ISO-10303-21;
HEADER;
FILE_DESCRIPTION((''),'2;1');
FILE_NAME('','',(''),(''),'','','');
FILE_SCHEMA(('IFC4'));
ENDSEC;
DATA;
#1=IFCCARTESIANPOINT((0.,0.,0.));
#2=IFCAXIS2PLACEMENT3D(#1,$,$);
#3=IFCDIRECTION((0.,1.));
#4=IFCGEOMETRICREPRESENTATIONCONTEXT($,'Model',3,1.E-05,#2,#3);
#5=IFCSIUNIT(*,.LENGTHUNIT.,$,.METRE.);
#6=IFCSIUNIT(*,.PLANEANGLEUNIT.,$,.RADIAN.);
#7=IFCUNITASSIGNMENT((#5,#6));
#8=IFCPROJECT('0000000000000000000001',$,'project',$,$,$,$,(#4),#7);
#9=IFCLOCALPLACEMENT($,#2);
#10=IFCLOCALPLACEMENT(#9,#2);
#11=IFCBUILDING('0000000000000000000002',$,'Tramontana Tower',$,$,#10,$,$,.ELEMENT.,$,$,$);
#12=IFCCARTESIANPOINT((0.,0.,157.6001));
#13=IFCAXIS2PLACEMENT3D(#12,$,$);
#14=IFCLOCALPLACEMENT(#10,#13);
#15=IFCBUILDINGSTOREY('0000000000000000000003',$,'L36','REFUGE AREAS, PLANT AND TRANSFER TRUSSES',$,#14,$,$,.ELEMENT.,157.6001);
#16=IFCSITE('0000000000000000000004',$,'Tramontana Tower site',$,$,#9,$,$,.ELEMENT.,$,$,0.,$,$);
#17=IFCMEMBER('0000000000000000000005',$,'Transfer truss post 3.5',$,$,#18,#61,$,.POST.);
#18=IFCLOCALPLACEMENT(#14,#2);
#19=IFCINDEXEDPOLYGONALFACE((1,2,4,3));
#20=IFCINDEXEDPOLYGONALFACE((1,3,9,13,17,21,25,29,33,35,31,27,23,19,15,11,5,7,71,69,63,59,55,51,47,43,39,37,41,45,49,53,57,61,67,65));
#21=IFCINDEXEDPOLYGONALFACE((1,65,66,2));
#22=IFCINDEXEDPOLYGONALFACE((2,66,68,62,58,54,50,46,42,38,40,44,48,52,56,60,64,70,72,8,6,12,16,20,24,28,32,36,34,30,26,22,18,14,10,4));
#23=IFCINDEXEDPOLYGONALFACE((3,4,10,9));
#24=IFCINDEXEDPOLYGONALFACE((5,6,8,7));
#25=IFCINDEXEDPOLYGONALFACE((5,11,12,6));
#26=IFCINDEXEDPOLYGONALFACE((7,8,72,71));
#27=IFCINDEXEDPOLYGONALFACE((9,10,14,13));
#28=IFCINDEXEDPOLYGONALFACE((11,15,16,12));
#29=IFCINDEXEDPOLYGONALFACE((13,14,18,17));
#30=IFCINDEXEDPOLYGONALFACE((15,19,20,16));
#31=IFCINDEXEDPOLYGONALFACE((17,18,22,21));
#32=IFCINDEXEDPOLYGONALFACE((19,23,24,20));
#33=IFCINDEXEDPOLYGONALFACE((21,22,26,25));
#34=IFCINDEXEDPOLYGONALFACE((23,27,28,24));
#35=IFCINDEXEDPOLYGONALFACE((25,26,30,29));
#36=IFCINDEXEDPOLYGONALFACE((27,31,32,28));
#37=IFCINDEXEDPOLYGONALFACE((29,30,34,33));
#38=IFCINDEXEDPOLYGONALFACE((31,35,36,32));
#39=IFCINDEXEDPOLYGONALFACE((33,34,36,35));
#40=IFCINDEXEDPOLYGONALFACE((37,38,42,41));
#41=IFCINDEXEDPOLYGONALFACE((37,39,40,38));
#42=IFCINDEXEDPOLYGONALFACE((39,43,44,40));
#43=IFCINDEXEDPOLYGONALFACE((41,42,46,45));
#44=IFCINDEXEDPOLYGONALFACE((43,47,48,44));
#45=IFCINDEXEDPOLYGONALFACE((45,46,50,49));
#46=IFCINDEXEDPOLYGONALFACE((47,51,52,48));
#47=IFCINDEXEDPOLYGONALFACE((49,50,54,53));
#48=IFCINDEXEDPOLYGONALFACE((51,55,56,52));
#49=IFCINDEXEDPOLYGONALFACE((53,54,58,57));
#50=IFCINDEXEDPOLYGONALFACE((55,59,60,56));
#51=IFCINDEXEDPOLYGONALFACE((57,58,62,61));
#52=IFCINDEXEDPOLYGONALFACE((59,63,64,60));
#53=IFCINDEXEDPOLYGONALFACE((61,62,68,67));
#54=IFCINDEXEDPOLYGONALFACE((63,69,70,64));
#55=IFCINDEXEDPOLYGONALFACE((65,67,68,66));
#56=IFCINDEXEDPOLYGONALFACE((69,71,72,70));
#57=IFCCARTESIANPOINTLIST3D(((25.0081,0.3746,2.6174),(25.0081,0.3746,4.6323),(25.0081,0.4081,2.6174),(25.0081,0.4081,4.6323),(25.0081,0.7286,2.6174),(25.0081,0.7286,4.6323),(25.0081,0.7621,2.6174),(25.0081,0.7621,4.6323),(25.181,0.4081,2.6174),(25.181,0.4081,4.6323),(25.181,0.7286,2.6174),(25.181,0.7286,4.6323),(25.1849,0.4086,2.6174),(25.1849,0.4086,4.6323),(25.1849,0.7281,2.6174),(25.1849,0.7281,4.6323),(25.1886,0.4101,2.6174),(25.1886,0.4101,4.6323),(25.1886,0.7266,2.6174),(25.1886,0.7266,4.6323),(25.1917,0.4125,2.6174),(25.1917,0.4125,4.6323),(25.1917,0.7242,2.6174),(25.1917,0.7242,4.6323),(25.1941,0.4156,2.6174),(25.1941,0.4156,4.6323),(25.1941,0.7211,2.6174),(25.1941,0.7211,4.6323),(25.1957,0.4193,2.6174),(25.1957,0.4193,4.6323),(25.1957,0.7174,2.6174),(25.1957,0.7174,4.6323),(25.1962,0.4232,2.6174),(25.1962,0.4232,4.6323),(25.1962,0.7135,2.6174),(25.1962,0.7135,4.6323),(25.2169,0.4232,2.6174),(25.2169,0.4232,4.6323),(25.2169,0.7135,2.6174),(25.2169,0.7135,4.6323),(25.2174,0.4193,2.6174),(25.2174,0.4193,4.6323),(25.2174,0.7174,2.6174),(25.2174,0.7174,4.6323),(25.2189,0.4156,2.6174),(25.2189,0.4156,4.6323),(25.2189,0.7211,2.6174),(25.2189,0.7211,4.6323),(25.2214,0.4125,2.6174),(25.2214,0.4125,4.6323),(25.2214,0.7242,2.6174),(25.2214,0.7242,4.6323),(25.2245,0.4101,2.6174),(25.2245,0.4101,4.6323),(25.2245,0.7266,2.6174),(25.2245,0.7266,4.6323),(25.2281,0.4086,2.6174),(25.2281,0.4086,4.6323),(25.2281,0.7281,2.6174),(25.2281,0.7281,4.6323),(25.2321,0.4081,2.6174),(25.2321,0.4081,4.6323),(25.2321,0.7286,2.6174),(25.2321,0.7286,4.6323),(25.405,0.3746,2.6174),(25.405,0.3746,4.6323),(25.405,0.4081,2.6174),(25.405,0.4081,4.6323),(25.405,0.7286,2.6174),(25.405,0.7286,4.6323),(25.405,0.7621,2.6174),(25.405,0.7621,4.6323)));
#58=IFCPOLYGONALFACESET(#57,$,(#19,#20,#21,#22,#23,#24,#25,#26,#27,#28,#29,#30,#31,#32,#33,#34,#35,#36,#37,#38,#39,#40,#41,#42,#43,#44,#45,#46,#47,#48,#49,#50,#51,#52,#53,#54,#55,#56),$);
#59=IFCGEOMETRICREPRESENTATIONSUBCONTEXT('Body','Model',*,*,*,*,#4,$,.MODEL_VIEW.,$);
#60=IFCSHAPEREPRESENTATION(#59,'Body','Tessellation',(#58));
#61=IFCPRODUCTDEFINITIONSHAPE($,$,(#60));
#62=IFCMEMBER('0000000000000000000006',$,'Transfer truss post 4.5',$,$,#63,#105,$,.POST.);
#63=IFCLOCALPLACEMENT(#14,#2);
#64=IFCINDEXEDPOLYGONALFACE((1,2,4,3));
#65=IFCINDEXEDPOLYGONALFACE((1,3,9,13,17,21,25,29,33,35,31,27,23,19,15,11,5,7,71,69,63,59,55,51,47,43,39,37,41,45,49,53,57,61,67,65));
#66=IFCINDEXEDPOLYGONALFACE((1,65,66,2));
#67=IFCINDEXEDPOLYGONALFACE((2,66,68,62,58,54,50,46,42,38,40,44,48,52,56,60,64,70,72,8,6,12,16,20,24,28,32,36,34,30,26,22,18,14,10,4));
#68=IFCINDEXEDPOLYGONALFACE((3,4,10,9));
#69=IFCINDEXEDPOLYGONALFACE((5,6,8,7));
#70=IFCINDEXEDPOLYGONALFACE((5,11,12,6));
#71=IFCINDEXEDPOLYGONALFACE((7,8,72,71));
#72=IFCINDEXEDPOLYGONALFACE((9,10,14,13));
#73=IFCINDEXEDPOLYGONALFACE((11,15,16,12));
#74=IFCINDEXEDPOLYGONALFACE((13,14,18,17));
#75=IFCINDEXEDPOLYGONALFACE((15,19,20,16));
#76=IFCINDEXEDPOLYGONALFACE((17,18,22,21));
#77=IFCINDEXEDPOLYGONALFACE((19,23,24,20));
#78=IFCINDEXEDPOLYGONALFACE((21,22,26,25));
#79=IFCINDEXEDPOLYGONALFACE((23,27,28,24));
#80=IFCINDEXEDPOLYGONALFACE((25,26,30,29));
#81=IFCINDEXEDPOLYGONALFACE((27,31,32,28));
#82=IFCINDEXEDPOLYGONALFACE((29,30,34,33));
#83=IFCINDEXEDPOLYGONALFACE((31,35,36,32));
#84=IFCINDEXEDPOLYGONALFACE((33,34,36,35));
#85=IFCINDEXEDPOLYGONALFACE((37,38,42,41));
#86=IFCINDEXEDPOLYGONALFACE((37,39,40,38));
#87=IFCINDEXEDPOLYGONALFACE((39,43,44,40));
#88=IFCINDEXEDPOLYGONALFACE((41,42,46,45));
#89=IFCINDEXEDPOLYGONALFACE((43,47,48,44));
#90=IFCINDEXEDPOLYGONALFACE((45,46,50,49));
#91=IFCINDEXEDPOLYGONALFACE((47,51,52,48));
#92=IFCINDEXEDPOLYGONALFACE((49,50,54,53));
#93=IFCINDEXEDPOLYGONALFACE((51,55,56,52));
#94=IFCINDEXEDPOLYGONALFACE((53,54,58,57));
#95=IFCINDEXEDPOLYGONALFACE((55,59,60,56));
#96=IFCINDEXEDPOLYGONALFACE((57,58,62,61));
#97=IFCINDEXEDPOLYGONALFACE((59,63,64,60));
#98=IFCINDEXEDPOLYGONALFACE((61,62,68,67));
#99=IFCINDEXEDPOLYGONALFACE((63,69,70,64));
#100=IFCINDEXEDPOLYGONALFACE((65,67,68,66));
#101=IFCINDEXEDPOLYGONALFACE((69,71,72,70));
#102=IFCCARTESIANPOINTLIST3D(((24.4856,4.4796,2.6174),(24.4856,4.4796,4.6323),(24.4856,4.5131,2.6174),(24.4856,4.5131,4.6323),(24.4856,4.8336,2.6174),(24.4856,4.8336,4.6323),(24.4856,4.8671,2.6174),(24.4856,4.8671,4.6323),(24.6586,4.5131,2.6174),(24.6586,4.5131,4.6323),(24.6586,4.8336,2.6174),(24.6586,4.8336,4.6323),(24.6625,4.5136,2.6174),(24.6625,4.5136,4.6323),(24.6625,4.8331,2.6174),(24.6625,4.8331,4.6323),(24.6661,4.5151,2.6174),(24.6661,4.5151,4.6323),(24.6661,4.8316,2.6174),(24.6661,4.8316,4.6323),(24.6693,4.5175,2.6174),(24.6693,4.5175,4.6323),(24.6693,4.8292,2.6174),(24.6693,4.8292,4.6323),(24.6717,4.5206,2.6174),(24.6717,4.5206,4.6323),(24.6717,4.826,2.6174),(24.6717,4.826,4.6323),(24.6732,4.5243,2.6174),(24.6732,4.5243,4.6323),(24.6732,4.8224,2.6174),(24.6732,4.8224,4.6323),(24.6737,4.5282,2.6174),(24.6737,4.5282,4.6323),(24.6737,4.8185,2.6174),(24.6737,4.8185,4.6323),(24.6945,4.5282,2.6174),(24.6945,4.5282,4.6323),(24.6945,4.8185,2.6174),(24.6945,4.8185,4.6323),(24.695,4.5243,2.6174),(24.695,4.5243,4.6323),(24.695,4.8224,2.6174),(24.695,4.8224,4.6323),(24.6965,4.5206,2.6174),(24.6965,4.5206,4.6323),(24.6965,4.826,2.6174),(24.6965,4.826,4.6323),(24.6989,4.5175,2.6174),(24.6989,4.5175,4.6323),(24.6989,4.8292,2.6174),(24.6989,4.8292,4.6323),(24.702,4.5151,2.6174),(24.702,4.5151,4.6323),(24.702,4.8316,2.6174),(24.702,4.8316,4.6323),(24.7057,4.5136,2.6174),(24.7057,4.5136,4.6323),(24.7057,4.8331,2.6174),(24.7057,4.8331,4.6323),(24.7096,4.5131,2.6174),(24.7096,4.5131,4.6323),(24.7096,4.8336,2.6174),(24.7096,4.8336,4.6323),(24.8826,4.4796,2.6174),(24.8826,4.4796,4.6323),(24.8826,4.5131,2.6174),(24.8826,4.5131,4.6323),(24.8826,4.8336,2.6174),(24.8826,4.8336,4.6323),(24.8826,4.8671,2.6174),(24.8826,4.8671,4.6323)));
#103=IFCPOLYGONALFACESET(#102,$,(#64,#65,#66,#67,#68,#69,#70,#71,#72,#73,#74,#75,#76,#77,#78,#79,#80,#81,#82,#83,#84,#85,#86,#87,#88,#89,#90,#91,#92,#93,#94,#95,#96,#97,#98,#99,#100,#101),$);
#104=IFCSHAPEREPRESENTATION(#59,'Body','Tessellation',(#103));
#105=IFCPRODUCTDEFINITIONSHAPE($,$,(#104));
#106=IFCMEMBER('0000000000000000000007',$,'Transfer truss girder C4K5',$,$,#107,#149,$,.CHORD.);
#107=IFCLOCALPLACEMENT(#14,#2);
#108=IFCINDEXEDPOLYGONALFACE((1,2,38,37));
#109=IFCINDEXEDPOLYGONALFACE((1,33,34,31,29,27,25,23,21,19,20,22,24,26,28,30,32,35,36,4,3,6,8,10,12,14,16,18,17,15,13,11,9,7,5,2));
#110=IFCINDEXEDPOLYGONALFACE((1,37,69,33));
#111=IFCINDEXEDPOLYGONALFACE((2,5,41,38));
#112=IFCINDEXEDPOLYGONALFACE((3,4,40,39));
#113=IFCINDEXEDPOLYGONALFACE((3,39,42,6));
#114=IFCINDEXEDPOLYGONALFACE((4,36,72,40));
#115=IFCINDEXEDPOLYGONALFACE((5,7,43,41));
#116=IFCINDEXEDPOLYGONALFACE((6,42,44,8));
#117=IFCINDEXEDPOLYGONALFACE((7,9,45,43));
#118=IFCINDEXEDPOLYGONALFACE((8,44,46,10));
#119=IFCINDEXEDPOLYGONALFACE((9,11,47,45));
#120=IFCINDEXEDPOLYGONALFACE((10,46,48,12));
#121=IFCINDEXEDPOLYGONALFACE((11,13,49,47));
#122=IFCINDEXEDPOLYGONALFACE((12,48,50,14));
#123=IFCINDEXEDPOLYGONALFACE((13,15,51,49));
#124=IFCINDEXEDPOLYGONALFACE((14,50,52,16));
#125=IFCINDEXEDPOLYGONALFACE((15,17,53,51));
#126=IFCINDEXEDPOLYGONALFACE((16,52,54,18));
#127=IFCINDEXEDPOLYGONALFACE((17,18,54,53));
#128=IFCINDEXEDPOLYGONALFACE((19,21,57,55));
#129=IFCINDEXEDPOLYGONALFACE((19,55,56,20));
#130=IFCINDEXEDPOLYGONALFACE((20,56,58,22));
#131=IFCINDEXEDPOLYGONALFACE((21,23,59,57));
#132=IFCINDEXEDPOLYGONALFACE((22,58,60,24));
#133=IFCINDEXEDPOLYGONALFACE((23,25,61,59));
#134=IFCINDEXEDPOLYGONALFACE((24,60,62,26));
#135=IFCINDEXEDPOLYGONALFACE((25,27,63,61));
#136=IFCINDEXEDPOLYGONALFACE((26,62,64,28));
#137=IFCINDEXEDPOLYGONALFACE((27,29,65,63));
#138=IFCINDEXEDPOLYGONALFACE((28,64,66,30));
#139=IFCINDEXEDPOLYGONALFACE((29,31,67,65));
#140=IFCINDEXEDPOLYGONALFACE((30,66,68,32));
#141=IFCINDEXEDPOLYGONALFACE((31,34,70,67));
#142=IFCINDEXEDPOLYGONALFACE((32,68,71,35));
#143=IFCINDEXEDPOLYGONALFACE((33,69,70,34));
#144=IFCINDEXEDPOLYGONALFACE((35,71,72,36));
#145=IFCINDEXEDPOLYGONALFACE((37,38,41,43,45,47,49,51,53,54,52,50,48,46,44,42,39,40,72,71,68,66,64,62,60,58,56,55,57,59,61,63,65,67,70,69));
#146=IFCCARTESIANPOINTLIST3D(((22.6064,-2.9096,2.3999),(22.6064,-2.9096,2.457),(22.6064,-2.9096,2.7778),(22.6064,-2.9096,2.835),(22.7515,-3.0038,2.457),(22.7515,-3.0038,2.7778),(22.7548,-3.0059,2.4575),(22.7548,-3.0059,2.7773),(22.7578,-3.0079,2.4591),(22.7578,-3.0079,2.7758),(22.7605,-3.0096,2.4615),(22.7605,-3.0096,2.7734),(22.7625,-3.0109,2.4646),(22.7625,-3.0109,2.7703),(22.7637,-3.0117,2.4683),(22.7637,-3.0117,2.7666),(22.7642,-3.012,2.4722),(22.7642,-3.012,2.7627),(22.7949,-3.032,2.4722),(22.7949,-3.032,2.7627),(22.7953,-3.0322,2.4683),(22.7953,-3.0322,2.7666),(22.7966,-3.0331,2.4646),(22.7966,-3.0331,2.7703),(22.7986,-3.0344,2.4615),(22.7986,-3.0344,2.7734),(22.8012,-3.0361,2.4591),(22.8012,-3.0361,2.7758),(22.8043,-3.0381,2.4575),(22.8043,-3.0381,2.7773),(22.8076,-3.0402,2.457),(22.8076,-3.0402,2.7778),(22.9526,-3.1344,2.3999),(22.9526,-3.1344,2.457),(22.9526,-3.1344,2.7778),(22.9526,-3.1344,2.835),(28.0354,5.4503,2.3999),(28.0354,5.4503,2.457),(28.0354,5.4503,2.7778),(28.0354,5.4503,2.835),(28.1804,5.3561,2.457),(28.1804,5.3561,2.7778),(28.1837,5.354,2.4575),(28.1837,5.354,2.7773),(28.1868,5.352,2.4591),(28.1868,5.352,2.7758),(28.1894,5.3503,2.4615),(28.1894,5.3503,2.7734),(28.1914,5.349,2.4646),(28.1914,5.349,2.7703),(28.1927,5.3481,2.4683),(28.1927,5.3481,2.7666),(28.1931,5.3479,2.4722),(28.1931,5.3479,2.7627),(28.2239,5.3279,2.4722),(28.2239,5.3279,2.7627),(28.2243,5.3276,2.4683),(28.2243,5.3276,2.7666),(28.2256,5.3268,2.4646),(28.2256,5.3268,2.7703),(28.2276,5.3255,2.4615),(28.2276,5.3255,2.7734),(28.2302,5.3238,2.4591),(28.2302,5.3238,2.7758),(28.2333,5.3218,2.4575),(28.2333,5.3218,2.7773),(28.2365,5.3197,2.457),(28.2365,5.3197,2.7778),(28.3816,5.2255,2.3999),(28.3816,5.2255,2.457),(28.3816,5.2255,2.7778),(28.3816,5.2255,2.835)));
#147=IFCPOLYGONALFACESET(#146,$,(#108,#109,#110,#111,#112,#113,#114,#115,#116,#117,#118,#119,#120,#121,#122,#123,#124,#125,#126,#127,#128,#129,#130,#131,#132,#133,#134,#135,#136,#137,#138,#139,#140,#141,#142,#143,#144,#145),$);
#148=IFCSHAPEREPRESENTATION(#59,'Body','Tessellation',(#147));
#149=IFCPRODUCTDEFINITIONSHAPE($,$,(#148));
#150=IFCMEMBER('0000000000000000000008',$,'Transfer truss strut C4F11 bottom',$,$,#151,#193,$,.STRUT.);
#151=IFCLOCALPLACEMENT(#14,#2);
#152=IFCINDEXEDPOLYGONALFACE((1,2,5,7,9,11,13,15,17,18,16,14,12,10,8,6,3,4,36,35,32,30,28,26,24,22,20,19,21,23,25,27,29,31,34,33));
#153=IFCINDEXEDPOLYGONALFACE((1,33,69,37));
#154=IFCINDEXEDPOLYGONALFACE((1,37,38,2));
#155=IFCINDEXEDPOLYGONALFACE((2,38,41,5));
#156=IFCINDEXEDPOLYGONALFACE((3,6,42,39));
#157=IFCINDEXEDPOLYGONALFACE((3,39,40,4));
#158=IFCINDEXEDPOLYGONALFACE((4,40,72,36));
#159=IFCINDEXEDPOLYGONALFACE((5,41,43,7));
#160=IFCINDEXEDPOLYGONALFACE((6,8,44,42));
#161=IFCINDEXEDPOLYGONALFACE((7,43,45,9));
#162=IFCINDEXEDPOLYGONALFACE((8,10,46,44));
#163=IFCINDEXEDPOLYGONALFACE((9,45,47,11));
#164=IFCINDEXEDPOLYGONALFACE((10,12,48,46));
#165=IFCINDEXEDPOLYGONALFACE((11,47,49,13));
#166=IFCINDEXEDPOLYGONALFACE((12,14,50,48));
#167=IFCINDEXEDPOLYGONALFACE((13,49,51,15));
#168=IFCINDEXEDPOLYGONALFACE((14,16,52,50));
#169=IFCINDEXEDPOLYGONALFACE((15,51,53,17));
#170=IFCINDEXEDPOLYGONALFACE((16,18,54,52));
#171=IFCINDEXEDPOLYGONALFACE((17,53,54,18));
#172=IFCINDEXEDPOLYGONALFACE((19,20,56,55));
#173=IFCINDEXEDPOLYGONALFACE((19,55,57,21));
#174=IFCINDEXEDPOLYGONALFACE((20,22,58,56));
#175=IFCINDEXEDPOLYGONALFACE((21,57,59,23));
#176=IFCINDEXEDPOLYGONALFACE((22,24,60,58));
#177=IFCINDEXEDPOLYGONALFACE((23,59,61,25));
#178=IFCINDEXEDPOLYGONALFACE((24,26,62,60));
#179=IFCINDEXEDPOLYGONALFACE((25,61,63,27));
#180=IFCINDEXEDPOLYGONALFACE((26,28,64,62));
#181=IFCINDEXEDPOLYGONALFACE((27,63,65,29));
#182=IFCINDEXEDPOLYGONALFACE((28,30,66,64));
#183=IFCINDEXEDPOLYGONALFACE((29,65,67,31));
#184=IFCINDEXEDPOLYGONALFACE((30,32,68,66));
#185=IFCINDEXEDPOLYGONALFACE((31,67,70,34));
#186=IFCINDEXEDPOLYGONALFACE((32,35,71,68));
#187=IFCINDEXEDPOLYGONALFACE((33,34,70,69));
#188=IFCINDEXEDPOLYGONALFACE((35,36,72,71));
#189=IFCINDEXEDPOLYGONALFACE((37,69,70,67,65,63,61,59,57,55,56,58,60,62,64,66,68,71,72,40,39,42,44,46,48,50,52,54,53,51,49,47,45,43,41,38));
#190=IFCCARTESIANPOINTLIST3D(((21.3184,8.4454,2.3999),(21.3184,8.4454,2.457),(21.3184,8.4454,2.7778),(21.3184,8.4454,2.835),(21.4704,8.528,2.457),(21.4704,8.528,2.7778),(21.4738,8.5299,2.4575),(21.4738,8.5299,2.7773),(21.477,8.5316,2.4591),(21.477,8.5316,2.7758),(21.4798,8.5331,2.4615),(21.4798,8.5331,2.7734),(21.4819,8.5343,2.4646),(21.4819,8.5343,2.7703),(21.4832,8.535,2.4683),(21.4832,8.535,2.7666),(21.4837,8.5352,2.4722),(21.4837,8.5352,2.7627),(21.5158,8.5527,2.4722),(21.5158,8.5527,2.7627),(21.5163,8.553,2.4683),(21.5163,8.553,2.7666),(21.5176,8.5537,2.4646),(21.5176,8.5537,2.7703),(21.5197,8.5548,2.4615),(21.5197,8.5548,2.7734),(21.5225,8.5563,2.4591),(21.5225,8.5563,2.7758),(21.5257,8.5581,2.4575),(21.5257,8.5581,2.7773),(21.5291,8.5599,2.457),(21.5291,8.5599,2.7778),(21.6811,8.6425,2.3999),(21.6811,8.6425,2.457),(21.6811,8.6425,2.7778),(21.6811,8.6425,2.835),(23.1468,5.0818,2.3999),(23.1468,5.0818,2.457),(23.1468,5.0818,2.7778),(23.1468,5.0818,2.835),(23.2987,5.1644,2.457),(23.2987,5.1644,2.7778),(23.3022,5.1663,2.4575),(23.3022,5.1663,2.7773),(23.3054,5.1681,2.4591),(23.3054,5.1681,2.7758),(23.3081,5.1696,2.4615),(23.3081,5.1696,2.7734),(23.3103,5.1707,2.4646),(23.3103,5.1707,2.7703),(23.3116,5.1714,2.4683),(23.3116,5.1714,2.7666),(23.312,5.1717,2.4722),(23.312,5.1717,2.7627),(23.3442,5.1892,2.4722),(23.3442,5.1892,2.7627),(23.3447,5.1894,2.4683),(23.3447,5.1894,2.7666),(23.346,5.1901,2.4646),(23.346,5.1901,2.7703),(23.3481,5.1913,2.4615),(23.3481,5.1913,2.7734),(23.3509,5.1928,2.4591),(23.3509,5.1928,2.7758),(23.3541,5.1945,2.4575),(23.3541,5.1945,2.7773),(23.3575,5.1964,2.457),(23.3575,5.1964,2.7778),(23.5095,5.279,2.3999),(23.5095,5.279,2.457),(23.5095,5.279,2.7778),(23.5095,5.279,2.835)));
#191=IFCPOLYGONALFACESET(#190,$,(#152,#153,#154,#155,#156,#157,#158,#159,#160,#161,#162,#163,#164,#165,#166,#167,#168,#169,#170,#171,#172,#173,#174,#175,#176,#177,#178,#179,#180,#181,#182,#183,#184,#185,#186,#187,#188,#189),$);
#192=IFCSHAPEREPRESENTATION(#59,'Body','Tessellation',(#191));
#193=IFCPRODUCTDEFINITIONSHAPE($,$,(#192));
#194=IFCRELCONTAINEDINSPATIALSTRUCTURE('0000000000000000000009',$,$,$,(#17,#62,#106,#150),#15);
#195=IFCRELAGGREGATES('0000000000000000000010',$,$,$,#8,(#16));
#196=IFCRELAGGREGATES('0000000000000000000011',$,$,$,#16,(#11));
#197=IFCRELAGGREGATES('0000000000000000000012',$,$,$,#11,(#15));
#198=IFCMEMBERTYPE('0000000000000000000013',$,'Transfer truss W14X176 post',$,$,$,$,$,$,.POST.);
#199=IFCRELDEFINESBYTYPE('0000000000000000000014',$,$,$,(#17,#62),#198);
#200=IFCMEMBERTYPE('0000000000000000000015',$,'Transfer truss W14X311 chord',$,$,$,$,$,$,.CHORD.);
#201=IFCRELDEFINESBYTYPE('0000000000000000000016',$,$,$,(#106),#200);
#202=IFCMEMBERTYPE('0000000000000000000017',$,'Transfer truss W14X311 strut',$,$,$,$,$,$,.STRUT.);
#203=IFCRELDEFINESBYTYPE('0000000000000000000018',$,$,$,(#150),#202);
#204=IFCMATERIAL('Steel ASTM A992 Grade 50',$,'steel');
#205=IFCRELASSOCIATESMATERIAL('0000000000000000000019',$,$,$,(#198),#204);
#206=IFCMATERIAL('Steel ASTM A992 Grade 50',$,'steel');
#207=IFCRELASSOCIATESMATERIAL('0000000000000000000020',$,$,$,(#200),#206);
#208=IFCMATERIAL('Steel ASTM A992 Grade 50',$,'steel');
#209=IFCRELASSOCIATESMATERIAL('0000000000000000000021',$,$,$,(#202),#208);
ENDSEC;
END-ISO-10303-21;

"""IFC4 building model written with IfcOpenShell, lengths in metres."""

from ifc_helpers import new_model, si_unit, direction, frame, origin, origin_2d, place, context, subcontext, project, spatial, i_section, extrude, material, material_profile, profile_set, type_object, element, save


model = new_model("IFC4")

# Units and contexts
model_context = context("Model", 3, precision=1e-05, world=origin(), true_north=direction((0.0, 1.0)))
body_context = subcontext(model_context, "Body", "Model", "MODEL_VIEW")
ifc_project = project(units=[si_unit("LENGTHUNIT", "METRE"), si_unit("PLANEANGLEUNIT", "RADIAN")], contexts=[model_context])

# Site, building, storey
site_placement = place(None, origin())
site = spatial("IfcSite", under=ifc_project, at=site_placement, Name="Tramontana Tower site", CompositionType="ELEMENT", RefElevation=0.0)
building_placement = place(site_placement, origin())
building = spatial("IfcBuilding", under=site, at=building_placement, Name="Tramontana Tower", CompositionType="ELEMENT")
storey_placement = place(building_placement, frame((0.0, 0.0, 157.6001)))
storey = spatial("IfcBuildingStorey", under=building, at=storey_placement, Name="L36", Description="REFUGE AREAS, PLANT AND TRANSFER TRUSSES", CompositionType="ELEMENT", Elevation=157.6001)

# Members
ifc_material_1 = material(Name="Steel ASTM A992 Grade 50", Category="steel")
ifc_material_profile_1 = material_profile(ifc_material_1, i_section(OverallWidth=0.397, OverallDepth=0.3875, WebThickness=0.0208, FlangeThickness=0.0334, FilletRadius=0.0151, at=origin_2d()), Name="W14X176")
ifc_profile_set_1 = profile_set([ifc_material_profile_1], Name="Steel ASTM A992 Grade 50")
member_type_1 = type_object("IfcMemberType", Name="Transfer truss W14X176 post", PredefinedType="POST", material=ifc_profile_set_1)
for number, where, z_axis, x_axis, name in (
    (1, (25.2065, 0.5684, 2.6174), (0.0, 0.0, 1.0), (1.0, 0.0, 0.0), "Transfer truss post 3.5"),
    (2, (24.6841, 4.6733, 2.6174), (0.0, 0.0, 1.0), (1.0, 0.0, 0.0), "Transfer truss post 4.5"),
):
    element("IfcMember", number, at=place(storey_placement, frame(where, z_axis=z_axis, x_axis=x_axis)), inside=storey, type_object=member_type_1, Name=name, PredefinedType="POST", context=body_context, shape_type="SweptSolid", body=[
        extrude(i_section(OverallWidth=0.397, OverallDepth=0.3875, WebThickness=0.0208, FlangeThickness=0.0334, FilletRadius=0.0151, at=origin_2d()), origin(), (0.0, 0.0, 1.0), 2.0149),
    ])
ifc_material_2 = material(Name="Steel ASTM A992 Grade 50", Category="steel")
ifc_material_profile_2 = material_profile(ifc_material_2, i_section(OverallWidth=0.4128, OverallDepth=0.4351, WebThickness=0.0366, FlangeThickness=0.0571, FilletRadius=0.0151, at=origin_2d()), Name="W14X311")
ifc_profile_set_2 = profile_set([ifc_material_profile_2], Name="Steel ASTM A992 Grade 50")
member_type_2 = type_object("IfcMemberType", Name="Transfer truss W14X311 chord", PredefinedType="CHORD", material=ifc_profile_set_2)
member_1_placement = place(storey_placement, frame((28.2085, 5.3379, 2.6174), z_axis=(-0.544639, -0.838671, 0.0), x_axis=(0.838671, -0.544639, 0.0)))
element("IfcMember", 3, at=member_1_placement, inside=storey, type_object=member_type_2, Name="Transfer truss girder C4K5", PredefinedType="CHORD", context=body_context, shape_type="SweptSolid", body=[
    extrude(i_section(OverallWidth=0.4128, OverallDepth=0.4351, WebThickness=0.0366, FlangeThickness=0.0571, FilletRadius=0.0151, at=origin_2d()), origin(), (0.0, 0.0, 1.0), 9.968),
])
ifc_material_3 = material(Name="Steel ASTM A992 Grade 50", Category="steel")
ifc_material_profile_3 = material_profile(ifc_material_3, i_section(OverallWidth=0.4128, OverallDepth=0.4351, WebThickness=0.0366, FlangeThickness=0.0571, FilletRadius=0.0151, at=origin_2d()), Name="W14X311")
ifc_profile_set_3 = profile_set([ifc_material_profile_3], Name="Steel ASTM A992 Grade 50")
member_type_3 = type_object("IfcMemberType", Name="Transfer truss W14X311 strut", PredefinedType="STRUT", material=ifc_profile_set_3)
member_2_placement = place(storey_placement, frame((23.3281, 5.1804, 2.6174), z_axis=(-0.477587, 0.878584, 0.0), x_axis=(-0.878584, -0.477587, 0.0)))
element("IfcMember", 4, at=member_2_placement, inside=storey, type_object=member_type_3, Name="Transfer truss strut C4F11 bottom", PredefinedType="STRUT", context=body_context, shape_type="SweptSolid", body=[
    extrude(i_section(OverallWidth=0.4128, OverallDepth=0.4351, WebThickness=0.0366, FlangeThickness=0.0571, FilletRadius=0.0151, at=origin_2d()), origin(), (0.0, 0.0, 1.0), 3.8284),
])

save(model, "model.ifc")
